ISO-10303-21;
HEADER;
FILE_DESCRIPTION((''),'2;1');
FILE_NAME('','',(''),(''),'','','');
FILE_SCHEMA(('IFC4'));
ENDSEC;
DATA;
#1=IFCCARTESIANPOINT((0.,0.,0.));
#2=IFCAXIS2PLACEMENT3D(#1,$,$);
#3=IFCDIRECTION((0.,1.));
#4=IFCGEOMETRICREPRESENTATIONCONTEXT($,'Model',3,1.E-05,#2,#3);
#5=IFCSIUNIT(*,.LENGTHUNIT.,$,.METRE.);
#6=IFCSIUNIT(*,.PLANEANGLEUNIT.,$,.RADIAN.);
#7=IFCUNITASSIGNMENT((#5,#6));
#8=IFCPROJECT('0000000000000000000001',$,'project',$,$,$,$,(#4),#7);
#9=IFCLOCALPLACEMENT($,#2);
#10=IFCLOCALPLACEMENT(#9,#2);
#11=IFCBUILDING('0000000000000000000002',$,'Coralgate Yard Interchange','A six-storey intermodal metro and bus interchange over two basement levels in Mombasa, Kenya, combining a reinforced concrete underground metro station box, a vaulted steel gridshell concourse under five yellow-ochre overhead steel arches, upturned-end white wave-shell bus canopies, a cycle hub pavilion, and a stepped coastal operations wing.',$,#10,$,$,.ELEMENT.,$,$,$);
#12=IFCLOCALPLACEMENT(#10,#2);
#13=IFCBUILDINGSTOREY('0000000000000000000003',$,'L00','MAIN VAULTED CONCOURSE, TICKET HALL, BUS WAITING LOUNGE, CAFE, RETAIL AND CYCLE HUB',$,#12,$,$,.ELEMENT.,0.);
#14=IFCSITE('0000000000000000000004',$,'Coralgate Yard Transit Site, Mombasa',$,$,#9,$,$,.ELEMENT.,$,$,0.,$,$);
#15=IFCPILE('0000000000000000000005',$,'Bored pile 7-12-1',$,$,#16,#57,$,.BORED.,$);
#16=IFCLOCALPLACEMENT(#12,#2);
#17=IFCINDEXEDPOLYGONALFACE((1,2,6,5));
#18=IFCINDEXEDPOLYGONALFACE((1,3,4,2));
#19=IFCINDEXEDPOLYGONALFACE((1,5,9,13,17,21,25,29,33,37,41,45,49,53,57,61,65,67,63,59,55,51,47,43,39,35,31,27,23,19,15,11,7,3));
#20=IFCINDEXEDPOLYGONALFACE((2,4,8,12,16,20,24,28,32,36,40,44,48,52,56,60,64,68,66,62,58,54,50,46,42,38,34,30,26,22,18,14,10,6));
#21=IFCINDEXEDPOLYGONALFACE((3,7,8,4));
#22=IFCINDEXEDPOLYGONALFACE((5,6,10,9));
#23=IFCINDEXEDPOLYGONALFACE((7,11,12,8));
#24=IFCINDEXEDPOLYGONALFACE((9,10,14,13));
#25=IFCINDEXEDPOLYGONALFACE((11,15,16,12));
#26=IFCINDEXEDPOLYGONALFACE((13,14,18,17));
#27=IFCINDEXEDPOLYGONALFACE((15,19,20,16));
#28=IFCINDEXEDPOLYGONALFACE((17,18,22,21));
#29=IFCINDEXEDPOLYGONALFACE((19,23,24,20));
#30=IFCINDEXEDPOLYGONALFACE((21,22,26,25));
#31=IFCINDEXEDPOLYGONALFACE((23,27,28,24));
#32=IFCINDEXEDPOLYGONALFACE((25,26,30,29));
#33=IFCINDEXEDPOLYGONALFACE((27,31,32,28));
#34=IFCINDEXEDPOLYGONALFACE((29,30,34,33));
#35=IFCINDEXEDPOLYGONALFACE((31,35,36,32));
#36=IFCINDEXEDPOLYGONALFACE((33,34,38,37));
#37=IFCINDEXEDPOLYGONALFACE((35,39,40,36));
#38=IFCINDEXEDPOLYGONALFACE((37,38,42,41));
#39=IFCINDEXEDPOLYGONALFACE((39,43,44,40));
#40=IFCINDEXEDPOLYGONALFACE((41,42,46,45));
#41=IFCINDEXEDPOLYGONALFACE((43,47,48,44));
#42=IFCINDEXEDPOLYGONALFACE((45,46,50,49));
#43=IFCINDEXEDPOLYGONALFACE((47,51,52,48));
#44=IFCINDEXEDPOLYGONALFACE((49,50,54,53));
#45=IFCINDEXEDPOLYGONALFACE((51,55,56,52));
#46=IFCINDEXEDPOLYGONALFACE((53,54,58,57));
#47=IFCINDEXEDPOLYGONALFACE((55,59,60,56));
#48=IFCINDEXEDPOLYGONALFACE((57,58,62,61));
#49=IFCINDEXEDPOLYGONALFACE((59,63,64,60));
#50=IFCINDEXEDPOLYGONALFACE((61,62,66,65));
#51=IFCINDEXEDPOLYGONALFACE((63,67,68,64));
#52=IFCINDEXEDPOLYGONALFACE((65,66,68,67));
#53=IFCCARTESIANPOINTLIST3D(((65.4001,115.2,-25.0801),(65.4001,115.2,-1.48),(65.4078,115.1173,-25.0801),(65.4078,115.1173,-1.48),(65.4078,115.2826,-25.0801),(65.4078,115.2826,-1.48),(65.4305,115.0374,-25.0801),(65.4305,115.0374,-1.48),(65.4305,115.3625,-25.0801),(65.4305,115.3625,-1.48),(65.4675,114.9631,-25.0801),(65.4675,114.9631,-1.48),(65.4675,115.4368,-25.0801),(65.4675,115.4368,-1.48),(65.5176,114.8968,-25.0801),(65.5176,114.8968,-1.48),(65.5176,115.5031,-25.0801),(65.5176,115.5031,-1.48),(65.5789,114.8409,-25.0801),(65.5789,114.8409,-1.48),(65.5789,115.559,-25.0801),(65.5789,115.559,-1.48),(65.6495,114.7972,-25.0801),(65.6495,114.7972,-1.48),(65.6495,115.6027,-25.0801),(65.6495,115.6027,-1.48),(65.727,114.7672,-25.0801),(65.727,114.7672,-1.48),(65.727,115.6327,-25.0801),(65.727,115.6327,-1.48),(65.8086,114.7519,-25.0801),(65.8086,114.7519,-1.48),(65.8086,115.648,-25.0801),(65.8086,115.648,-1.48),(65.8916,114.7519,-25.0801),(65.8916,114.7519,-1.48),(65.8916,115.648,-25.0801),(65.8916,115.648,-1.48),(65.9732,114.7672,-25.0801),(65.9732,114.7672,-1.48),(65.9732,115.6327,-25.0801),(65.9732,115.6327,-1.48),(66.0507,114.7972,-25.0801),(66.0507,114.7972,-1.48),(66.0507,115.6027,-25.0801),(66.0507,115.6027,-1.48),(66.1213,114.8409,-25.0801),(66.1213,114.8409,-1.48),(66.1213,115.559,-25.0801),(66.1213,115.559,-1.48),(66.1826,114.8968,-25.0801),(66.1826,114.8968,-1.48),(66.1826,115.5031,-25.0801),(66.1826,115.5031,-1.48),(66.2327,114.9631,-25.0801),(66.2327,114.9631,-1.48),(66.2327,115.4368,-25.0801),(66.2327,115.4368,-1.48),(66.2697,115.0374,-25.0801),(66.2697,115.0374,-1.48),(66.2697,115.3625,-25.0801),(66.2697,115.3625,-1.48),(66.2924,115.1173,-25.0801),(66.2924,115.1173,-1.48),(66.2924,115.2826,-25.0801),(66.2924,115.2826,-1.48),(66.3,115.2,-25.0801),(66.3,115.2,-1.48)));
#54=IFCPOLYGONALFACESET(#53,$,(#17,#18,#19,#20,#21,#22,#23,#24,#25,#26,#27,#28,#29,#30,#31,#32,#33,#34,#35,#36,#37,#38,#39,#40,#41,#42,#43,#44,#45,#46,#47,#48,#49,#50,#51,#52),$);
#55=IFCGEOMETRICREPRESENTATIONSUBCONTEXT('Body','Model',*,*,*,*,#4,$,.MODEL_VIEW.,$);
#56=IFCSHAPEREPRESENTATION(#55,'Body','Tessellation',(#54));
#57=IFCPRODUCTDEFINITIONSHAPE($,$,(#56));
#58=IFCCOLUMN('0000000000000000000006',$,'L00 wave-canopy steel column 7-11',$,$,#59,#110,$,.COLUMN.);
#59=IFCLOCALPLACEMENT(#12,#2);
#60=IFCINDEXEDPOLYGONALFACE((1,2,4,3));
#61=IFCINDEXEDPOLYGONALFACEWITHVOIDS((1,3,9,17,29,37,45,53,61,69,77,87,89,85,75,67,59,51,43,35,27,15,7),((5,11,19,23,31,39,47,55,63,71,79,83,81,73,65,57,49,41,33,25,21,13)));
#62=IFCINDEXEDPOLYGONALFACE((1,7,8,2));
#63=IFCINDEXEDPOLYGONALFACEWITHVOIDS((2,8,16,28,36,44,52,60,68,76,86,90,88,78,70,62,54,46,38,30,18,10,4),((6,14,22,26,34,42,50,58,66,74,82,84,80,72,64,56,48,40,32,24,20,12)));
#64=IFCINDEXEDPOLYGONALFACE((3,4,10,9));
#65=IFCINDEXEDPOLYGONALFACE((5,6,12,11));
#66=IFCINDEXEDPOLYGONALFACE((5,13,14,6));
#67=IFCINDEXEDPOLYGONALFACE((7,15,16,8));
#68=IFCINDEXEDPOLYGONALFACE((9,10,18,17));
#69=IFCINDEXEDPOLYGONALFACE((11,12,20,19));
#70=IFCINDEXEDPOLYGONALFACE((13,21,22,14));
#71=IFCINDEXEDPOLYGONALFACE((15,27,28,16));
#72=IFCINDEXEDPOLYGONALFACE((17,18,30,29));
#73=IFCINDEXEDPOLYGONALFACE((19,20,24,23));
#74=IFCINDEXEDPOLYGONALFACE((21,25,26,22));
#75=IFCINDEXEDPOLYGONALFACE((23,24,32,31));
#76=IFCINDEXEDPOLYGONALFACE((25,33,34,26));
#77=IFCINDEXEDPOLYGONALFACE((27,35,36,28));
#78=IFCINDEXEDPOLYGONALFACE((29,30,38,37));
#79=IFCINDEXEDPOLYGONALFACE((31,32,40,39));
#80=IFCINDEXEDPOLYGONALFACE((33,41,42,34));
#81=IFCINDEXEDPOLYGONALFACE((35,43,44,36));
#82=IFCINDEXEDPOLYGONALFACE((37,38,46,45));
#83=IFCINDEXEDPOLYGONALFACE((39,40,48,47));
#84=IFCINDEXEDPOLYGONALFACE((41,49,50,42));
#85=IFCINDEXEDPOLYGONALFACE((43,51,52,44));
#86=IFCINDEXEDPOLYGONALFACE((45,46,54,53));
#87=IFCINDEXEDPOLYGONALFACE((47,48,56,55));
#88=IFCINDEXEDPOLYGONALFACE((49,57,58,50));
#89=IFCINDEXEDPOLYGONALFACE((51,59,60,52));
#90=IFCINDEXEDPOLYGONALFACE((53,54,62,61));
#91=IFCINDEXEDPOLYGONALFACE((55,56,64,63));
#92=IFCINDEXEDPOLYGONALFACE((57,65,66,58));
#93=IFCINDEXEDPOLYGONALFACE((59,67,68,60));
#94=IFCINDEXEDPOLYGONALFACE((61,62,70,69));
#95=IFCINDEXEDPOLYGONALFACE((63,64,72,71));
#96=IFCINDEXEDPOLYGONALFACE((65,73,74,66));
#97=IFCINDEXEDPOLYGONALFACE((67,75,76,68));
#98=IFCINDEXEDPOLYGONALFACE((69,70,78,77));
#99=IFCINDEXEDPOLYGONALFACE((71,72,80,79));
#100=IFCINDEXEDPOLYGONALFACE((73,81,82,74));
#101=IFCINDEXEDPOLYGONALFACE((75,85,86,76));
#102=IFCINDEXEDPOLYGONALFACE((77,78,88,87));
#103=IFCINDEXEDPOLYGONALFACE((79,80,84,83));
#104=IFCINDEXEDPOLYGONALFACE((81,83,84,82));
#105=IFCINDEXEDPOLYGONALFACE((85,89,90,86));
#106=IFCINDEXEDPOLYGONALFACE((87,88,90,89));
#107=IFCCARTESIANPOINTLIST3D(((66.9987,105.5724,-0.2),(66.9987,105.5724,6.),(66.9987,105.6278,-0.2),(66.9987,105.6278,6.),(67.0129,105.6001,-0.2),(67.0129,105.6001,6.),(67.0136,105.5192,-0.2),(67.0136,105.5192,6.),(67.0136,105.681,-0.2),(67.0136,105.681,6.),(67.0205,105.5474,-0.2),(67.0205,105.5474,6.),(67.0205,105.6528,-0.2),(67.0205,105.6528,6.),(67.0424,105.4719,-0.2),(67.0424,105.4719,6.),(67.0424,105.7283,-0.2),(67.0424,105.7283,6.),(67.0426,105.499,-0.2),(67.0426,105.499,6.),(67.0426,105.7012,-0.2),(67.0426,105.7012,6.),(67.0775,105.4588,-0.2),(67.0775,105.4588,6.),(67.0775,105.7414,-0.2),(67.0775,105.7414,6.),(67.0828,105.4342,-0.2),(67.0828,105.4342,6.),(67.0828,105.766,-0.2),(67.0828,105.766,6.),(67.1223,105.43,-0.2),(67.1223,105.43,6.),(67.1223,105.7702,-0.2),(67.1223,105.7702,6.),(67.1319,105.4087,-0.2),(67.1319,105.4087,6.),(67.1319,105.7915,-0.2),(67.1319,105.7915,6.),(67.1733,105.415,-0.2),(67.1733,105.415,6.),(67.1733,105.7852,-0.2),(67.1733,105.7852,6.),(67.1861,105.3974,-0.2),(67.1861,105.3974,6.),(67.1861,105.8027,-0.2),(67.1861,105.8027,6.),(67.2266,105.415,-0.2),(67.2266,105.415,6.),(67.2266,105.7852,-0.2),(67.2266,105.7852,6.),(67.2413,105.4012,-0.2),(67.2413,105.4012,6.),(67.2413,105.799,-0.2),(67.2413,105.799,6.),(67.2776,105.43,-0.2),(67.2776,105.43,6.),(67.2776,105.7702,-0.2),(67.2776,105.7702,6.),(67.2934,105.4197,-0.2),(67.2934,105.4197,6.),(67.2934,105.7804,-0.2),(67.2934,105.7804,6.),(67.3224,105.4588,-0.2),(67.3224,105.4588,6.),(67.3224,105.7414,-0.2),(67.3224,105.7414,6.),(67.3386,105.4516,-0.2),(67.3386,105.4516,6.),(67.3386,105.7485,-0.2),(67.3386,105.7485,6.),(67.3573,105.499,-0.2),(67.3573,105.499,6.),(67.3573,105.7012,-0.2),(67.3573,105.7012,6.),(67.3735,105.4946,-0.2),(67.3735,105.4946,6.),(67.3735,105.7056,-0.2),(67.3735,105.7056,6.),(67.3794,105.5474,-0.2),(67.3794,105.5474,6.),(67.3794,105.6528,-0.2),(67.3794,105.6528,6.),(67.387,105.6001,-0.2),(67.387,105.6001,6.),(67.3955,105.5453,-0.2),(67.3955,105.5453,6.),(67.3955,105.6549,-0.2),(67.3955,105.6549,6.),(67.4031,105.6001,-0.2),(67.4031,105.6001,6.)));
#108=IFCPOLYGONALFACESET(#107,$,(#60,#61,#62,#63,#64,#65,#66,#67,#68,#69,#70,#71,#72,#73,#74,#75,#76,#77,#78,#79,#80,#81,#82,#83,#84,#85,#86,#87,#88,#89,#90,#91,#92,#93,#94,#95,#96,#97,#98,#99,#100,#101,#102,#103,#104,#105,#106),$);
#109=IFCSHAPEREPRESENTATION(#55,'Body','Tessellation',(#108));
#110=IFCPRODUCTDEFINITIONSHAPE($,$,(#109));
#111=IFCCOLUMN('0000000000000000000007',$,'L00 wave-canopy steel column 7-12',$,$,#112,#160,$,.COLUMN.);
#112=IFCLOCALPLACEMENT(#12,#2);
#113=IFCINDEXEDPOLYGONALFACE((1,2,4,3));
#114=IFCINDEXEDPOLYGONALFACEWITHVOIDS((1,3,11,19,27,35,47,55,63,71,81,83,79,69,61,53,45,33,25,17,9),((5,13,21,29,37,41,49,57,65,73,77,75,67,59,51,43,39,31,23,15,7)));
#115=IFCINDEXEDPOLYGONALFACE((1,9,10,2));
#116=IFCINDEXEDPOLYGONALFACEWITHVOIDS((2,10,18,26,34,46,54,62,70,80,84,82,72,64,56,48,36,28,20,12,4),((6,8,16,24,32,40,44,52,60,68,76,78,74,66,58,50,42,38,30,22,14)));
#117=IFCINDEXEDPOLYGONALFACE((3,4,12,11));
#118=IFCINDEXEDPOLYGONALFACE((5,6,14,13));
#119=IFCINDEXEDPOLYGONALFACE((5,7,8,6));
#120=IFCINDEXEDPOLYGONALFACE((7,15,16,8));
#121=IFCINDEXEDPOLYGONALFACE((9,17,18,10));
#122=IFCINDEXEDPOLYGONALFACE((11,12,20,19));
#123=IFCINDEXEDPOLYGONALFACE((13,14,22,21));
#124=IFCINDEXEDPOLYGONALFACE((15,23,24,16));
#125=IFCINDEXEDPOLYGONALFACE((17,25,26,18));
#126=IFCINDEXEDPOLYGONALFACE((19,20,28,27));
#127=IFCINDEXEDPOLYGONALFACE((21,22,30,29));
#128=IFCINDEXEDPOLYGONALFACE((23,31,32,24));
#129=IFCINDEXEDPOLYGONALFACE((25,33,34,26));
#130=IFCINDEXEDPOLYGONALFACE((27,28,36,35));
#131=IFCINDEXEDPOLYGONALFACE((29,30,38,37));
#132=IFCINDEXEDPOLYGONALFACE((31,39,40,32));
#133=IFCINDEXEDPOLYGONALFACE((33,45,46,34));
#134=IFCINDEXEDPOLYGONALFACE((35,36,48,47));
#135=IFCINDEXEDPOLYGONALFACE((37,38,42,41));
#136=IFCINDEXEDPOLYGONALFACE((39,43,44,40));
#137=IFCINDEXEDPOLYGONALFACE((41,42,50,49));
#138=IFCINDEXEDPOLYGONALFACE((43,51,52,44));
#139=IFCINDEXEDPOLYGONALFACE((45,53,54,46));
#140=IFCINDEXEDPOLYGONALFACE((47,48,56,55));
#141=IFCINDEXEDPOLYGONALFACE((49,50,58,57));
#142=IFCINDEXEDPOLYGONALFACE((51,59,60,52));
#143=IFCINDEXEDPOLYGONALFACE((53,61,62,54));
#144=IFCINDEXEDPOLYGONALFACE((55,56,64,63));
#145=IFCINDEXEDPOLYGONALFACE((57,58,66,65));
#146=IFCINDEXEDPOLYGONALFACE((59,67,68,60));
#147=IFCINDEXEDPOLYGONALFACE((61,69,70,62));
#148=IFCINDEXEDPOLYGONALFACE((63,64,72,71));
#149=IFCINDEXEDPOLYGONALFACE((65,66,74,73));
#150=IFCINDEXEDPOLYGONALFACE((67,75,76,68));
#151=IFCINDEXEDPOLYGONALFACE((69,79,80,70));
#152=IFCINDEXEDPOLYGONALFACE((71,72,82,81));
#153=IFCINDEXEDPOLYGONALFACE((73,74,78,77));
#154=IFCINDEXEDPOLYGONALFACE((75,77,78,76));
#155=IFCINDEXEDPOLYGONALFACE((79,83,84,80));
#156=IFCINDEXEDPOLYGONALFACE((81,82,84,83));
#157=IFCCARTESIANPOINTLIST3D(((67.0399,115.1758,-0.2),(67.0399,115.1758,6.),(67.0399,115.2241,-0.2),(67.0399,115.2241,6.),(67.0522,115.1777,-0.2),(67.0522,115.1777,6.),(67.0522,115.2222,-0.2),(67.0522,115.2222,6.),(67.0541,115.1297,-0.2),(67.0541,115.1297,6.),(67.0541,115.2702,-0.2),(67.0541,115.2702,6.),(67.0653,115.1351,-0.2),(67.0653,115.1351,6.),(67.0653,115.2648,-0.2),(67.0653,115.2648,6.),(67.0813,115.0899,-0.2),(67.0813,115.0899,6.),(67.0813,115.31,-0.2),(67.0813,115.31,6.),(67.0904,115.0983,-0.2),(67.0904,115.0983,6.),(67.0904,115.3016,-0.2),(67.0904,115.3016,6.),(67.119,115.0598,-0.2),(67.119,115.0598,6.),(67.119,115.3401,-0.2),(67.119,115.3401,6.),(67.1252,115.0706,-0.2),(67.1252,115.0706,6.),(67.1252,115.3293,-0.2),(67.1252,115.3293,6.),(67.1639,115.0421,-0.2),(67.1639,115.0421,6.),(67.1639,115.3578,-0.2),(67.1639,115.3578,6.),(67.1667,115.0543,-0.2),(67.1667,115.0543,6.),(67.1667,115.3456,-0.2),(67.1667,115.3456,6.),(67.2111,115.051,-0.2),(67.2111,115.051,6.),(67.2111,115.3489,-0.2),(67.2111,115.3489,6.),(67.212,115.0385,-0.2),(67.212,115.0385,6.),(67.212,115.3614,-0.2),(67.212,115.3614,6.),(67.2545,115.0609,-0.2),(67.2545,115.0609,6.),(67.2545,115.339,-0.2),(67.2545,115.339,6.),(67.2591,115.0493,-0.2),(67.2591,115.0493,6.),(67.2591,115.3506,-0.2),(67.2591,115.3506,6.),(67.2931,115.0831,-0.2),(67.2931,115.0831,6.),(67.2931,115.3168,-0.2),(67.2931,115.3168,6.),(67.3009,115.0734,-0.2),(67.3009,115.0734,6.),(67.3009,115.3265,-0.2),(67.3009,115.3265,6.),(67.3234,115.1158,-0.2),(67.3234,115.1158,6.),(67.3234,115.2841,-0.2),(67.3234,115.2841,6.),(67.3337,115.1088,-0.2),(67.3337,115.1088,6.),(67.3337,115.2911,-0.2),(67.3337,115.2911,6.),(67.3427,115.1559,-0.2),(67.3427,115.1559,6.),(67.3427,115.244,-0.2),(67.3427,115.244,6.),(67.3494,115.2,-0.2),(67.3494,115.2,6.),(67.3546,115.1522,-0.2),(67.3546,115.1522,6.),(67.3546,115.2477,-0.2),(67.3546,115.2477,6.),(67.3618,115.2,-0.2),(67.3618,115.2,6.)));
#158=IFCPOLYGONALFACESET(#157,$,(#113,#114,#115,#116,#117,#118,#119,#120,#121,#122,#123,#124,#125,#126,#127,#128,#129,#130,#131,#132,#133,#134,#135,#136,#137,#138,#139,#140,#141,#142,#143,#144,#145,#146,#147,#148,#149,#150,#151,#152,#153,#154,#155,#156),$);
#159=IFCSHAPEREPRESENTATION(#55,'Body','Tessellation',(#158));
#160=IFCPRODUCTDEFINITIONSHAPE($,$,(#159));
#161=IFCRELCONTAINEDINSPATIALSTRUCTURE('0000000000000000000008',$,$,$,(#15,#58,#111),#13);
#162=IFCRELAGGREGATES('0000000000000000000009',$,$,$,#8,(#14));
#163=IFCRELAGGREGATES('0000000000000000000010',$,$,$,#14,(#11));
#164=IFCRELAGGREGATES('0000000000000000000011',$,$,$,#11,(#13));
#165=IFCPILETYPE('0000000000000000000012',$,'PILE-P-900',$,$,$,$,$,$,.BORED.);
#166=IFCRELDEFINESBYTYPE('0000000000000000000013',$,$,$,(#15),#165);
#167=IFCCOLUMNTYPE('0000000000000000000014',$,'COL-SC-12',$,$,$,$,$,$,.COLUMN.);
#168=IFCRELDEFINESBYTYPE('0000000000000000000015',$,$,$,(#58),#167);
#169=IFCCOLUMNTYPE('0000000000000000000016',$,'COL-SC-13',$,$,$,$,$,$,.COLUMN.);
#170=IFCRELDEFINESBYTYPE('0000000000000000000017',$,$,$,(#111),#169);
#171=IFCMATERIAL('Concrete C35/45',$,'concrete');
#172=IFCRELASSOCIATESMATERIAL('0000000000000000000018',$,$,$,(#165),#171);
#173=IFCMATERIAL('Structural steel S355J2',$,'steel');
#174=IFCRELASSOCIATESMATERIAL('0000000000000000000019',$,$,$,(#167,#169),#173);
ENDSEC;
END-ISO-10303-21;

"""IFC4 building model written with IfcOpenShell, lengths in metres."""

from ifc_helpers import new_model, si_unit, direction, frame, origin, origin_2d, place, context, subcontext, project, spatial, circle, hollow_circle, extrude, material, material_profile, profile_set, type_object, element, save


model = new_model("IFC4")

# Units and contexts
model_context = context("Model", 3, precision=1e-05, world=origin(), true_north=direction((0.0, 1.0)))
body_context = subcontext(model_context, "Body", "Model", "MODEL_VIEW")
ifc_project = project(units=[si_unit("LENGTHUNIT", "METRE"), si_unit("PLANEANGLEUNIT", "RADIAN")], contexts=[model_context])

# Site, building, storey
site_placement = place(None, origin())
site = spatial("IfcSite", under=ifc_project, at=site_placement, Name="Coralgate Yard Transit Site, Mombasa", CompositionType="ELEMENT", RefElevation=0.0)
building_placement = place(site_placement, origin())
building = spatial("IfcBuilding", under=site, at=building_placement, Name="Coralgate Yard Interchange", Description="A six-storey intermodal metro and bus interchange over two basement levels in Mombasa, Kenya, combining a reinforced concrete underground metro station box, a vaulted steel gridshell concourse under five yellow-ochre overhead steel arches, upturned-end white wave-shell bus canopies, a cycle hub pavilion, and a stepped coastal operations wing.", CompositionType="ELEMENT")
storey_placement = place(building_placement, origin())
storey = spatial("IfcBuildingStorey", under=building, at=storey_placement, Name="L00", Description="MAIN VAULTED CONCOURSE, TICKET HALL, BUS WAITING LOUNGE, CAFE, RETAIL AND CYCLE HUB", CompositionType="ELEMENT", Elevation=0.0)

# Pile
ifc_material_1 = material(Name="Concrete C35/45", Category="concrete")
ifc_material_profile_1 = material_profile(ifc_material_1, circle(Radius=0.45, at=origin_2d()), Name="BORED PILE D900")
ifc_profile_set_1 = profile_set([ifc_material_profile_1], Name="Concrete C35/45")
pile_type = type_object("IfcPileType", Name="PILE-P-900", PredefinedType="BORED", material=ifc_profile_set_1)
for number, where, z_axis, x_axis, name in (
    (1, (65.8501, 115.2, -1.48), (0.0, 0.0, -1.0), (1.0, 0.0, 0.0), "Bored pile 7-12-1"),
):
    element("IfcPile", number, at=place(storey_placement, frame(where, z_axis=z_axis, x_axis=x_axis)), inside=storey, type_object=pile_type, Name=name, PredefinedType="BORED", context=body_context, shape_type="SweptSolid", body=[
        extrude(circle(Radius=0.45, at=origin_2d()), origin(), (0.0, 0.0, 1.0), 23.6001),
    ])

# Columns
ifc_material_2 = material(Name="Structural steel S355J2", Category="steel")
ifc_material_profile_2 = material_profile(ifc_material_2, hollow_circle(Radius=0.2031, WallThickness=0.0161, at=origin_2d()), Name="CHS 406.4x16")
ifc_profile_set_2 = profile_set([ifc_material_profile_2], Name="Structural steel S355J2")
column_type_1 = type_object("IfcColumnType", Name="COL-SC-12", PredefinedType="COLUMN", material=ifc_profile_set_2)
column_1_placement = place(storey_placement, frame((67.2, 105.6001, -0.2), z_axis=(0.0, 0.0, 1.0), x_axis=(1.0, 0.0, 0.0)))
element("IfcColumn", 2, at=column_1_placement, inside=storey, type_object=column_type_1, Name="L00 wave-canopy steel column 7-11", PredefinedType="COLUMN", context=body_context, shape_type="SweptSolid", body=[
    extrude(hollow_circle(Radius=0.2031, WallThickness=0.0161, at=origin_2d()), origin(), (0.0, 0.0, 1.0), 6.2),
])
ifc_material_profile_3 = material_profile(ifc_material_2, hollow_circle(Radius=0.1619, WallThickness=0.0125, at=origin_2d()), Name="CHS 323.9x12.5")
ifc_profile_set_3 = profile_set([ifc_material_profile_3], Name="Structural steel S355J2")
column_type_2 = type_object("IfcColumnType", Name="COL-SC-13", PredefinedType="COLUMN", material=ifc_profile_set_3)
column_2_placement = place(storey_placement, frame((67.2, 115.2, -0.2), z_axis=(0.0, 0.0, 1.0), x_axis=(1.0, 0.0, 0.0)))
element("IfcColumn", 3, at=column_2_placement, inside=storey, type_object=column_type_2, Name="L00 wave-canopy steel column 7-12", PredefinedType="COLUMN", context=body_context, shape_type="SweptSolid", body=[
    extrude(hollow_circle(Radius=0.1619, WallThickness=0.0125, at=origin_2d()), origin(), (0.0, 0.0, 1.0), 6.2),
])

save(model, "model.ifc")
